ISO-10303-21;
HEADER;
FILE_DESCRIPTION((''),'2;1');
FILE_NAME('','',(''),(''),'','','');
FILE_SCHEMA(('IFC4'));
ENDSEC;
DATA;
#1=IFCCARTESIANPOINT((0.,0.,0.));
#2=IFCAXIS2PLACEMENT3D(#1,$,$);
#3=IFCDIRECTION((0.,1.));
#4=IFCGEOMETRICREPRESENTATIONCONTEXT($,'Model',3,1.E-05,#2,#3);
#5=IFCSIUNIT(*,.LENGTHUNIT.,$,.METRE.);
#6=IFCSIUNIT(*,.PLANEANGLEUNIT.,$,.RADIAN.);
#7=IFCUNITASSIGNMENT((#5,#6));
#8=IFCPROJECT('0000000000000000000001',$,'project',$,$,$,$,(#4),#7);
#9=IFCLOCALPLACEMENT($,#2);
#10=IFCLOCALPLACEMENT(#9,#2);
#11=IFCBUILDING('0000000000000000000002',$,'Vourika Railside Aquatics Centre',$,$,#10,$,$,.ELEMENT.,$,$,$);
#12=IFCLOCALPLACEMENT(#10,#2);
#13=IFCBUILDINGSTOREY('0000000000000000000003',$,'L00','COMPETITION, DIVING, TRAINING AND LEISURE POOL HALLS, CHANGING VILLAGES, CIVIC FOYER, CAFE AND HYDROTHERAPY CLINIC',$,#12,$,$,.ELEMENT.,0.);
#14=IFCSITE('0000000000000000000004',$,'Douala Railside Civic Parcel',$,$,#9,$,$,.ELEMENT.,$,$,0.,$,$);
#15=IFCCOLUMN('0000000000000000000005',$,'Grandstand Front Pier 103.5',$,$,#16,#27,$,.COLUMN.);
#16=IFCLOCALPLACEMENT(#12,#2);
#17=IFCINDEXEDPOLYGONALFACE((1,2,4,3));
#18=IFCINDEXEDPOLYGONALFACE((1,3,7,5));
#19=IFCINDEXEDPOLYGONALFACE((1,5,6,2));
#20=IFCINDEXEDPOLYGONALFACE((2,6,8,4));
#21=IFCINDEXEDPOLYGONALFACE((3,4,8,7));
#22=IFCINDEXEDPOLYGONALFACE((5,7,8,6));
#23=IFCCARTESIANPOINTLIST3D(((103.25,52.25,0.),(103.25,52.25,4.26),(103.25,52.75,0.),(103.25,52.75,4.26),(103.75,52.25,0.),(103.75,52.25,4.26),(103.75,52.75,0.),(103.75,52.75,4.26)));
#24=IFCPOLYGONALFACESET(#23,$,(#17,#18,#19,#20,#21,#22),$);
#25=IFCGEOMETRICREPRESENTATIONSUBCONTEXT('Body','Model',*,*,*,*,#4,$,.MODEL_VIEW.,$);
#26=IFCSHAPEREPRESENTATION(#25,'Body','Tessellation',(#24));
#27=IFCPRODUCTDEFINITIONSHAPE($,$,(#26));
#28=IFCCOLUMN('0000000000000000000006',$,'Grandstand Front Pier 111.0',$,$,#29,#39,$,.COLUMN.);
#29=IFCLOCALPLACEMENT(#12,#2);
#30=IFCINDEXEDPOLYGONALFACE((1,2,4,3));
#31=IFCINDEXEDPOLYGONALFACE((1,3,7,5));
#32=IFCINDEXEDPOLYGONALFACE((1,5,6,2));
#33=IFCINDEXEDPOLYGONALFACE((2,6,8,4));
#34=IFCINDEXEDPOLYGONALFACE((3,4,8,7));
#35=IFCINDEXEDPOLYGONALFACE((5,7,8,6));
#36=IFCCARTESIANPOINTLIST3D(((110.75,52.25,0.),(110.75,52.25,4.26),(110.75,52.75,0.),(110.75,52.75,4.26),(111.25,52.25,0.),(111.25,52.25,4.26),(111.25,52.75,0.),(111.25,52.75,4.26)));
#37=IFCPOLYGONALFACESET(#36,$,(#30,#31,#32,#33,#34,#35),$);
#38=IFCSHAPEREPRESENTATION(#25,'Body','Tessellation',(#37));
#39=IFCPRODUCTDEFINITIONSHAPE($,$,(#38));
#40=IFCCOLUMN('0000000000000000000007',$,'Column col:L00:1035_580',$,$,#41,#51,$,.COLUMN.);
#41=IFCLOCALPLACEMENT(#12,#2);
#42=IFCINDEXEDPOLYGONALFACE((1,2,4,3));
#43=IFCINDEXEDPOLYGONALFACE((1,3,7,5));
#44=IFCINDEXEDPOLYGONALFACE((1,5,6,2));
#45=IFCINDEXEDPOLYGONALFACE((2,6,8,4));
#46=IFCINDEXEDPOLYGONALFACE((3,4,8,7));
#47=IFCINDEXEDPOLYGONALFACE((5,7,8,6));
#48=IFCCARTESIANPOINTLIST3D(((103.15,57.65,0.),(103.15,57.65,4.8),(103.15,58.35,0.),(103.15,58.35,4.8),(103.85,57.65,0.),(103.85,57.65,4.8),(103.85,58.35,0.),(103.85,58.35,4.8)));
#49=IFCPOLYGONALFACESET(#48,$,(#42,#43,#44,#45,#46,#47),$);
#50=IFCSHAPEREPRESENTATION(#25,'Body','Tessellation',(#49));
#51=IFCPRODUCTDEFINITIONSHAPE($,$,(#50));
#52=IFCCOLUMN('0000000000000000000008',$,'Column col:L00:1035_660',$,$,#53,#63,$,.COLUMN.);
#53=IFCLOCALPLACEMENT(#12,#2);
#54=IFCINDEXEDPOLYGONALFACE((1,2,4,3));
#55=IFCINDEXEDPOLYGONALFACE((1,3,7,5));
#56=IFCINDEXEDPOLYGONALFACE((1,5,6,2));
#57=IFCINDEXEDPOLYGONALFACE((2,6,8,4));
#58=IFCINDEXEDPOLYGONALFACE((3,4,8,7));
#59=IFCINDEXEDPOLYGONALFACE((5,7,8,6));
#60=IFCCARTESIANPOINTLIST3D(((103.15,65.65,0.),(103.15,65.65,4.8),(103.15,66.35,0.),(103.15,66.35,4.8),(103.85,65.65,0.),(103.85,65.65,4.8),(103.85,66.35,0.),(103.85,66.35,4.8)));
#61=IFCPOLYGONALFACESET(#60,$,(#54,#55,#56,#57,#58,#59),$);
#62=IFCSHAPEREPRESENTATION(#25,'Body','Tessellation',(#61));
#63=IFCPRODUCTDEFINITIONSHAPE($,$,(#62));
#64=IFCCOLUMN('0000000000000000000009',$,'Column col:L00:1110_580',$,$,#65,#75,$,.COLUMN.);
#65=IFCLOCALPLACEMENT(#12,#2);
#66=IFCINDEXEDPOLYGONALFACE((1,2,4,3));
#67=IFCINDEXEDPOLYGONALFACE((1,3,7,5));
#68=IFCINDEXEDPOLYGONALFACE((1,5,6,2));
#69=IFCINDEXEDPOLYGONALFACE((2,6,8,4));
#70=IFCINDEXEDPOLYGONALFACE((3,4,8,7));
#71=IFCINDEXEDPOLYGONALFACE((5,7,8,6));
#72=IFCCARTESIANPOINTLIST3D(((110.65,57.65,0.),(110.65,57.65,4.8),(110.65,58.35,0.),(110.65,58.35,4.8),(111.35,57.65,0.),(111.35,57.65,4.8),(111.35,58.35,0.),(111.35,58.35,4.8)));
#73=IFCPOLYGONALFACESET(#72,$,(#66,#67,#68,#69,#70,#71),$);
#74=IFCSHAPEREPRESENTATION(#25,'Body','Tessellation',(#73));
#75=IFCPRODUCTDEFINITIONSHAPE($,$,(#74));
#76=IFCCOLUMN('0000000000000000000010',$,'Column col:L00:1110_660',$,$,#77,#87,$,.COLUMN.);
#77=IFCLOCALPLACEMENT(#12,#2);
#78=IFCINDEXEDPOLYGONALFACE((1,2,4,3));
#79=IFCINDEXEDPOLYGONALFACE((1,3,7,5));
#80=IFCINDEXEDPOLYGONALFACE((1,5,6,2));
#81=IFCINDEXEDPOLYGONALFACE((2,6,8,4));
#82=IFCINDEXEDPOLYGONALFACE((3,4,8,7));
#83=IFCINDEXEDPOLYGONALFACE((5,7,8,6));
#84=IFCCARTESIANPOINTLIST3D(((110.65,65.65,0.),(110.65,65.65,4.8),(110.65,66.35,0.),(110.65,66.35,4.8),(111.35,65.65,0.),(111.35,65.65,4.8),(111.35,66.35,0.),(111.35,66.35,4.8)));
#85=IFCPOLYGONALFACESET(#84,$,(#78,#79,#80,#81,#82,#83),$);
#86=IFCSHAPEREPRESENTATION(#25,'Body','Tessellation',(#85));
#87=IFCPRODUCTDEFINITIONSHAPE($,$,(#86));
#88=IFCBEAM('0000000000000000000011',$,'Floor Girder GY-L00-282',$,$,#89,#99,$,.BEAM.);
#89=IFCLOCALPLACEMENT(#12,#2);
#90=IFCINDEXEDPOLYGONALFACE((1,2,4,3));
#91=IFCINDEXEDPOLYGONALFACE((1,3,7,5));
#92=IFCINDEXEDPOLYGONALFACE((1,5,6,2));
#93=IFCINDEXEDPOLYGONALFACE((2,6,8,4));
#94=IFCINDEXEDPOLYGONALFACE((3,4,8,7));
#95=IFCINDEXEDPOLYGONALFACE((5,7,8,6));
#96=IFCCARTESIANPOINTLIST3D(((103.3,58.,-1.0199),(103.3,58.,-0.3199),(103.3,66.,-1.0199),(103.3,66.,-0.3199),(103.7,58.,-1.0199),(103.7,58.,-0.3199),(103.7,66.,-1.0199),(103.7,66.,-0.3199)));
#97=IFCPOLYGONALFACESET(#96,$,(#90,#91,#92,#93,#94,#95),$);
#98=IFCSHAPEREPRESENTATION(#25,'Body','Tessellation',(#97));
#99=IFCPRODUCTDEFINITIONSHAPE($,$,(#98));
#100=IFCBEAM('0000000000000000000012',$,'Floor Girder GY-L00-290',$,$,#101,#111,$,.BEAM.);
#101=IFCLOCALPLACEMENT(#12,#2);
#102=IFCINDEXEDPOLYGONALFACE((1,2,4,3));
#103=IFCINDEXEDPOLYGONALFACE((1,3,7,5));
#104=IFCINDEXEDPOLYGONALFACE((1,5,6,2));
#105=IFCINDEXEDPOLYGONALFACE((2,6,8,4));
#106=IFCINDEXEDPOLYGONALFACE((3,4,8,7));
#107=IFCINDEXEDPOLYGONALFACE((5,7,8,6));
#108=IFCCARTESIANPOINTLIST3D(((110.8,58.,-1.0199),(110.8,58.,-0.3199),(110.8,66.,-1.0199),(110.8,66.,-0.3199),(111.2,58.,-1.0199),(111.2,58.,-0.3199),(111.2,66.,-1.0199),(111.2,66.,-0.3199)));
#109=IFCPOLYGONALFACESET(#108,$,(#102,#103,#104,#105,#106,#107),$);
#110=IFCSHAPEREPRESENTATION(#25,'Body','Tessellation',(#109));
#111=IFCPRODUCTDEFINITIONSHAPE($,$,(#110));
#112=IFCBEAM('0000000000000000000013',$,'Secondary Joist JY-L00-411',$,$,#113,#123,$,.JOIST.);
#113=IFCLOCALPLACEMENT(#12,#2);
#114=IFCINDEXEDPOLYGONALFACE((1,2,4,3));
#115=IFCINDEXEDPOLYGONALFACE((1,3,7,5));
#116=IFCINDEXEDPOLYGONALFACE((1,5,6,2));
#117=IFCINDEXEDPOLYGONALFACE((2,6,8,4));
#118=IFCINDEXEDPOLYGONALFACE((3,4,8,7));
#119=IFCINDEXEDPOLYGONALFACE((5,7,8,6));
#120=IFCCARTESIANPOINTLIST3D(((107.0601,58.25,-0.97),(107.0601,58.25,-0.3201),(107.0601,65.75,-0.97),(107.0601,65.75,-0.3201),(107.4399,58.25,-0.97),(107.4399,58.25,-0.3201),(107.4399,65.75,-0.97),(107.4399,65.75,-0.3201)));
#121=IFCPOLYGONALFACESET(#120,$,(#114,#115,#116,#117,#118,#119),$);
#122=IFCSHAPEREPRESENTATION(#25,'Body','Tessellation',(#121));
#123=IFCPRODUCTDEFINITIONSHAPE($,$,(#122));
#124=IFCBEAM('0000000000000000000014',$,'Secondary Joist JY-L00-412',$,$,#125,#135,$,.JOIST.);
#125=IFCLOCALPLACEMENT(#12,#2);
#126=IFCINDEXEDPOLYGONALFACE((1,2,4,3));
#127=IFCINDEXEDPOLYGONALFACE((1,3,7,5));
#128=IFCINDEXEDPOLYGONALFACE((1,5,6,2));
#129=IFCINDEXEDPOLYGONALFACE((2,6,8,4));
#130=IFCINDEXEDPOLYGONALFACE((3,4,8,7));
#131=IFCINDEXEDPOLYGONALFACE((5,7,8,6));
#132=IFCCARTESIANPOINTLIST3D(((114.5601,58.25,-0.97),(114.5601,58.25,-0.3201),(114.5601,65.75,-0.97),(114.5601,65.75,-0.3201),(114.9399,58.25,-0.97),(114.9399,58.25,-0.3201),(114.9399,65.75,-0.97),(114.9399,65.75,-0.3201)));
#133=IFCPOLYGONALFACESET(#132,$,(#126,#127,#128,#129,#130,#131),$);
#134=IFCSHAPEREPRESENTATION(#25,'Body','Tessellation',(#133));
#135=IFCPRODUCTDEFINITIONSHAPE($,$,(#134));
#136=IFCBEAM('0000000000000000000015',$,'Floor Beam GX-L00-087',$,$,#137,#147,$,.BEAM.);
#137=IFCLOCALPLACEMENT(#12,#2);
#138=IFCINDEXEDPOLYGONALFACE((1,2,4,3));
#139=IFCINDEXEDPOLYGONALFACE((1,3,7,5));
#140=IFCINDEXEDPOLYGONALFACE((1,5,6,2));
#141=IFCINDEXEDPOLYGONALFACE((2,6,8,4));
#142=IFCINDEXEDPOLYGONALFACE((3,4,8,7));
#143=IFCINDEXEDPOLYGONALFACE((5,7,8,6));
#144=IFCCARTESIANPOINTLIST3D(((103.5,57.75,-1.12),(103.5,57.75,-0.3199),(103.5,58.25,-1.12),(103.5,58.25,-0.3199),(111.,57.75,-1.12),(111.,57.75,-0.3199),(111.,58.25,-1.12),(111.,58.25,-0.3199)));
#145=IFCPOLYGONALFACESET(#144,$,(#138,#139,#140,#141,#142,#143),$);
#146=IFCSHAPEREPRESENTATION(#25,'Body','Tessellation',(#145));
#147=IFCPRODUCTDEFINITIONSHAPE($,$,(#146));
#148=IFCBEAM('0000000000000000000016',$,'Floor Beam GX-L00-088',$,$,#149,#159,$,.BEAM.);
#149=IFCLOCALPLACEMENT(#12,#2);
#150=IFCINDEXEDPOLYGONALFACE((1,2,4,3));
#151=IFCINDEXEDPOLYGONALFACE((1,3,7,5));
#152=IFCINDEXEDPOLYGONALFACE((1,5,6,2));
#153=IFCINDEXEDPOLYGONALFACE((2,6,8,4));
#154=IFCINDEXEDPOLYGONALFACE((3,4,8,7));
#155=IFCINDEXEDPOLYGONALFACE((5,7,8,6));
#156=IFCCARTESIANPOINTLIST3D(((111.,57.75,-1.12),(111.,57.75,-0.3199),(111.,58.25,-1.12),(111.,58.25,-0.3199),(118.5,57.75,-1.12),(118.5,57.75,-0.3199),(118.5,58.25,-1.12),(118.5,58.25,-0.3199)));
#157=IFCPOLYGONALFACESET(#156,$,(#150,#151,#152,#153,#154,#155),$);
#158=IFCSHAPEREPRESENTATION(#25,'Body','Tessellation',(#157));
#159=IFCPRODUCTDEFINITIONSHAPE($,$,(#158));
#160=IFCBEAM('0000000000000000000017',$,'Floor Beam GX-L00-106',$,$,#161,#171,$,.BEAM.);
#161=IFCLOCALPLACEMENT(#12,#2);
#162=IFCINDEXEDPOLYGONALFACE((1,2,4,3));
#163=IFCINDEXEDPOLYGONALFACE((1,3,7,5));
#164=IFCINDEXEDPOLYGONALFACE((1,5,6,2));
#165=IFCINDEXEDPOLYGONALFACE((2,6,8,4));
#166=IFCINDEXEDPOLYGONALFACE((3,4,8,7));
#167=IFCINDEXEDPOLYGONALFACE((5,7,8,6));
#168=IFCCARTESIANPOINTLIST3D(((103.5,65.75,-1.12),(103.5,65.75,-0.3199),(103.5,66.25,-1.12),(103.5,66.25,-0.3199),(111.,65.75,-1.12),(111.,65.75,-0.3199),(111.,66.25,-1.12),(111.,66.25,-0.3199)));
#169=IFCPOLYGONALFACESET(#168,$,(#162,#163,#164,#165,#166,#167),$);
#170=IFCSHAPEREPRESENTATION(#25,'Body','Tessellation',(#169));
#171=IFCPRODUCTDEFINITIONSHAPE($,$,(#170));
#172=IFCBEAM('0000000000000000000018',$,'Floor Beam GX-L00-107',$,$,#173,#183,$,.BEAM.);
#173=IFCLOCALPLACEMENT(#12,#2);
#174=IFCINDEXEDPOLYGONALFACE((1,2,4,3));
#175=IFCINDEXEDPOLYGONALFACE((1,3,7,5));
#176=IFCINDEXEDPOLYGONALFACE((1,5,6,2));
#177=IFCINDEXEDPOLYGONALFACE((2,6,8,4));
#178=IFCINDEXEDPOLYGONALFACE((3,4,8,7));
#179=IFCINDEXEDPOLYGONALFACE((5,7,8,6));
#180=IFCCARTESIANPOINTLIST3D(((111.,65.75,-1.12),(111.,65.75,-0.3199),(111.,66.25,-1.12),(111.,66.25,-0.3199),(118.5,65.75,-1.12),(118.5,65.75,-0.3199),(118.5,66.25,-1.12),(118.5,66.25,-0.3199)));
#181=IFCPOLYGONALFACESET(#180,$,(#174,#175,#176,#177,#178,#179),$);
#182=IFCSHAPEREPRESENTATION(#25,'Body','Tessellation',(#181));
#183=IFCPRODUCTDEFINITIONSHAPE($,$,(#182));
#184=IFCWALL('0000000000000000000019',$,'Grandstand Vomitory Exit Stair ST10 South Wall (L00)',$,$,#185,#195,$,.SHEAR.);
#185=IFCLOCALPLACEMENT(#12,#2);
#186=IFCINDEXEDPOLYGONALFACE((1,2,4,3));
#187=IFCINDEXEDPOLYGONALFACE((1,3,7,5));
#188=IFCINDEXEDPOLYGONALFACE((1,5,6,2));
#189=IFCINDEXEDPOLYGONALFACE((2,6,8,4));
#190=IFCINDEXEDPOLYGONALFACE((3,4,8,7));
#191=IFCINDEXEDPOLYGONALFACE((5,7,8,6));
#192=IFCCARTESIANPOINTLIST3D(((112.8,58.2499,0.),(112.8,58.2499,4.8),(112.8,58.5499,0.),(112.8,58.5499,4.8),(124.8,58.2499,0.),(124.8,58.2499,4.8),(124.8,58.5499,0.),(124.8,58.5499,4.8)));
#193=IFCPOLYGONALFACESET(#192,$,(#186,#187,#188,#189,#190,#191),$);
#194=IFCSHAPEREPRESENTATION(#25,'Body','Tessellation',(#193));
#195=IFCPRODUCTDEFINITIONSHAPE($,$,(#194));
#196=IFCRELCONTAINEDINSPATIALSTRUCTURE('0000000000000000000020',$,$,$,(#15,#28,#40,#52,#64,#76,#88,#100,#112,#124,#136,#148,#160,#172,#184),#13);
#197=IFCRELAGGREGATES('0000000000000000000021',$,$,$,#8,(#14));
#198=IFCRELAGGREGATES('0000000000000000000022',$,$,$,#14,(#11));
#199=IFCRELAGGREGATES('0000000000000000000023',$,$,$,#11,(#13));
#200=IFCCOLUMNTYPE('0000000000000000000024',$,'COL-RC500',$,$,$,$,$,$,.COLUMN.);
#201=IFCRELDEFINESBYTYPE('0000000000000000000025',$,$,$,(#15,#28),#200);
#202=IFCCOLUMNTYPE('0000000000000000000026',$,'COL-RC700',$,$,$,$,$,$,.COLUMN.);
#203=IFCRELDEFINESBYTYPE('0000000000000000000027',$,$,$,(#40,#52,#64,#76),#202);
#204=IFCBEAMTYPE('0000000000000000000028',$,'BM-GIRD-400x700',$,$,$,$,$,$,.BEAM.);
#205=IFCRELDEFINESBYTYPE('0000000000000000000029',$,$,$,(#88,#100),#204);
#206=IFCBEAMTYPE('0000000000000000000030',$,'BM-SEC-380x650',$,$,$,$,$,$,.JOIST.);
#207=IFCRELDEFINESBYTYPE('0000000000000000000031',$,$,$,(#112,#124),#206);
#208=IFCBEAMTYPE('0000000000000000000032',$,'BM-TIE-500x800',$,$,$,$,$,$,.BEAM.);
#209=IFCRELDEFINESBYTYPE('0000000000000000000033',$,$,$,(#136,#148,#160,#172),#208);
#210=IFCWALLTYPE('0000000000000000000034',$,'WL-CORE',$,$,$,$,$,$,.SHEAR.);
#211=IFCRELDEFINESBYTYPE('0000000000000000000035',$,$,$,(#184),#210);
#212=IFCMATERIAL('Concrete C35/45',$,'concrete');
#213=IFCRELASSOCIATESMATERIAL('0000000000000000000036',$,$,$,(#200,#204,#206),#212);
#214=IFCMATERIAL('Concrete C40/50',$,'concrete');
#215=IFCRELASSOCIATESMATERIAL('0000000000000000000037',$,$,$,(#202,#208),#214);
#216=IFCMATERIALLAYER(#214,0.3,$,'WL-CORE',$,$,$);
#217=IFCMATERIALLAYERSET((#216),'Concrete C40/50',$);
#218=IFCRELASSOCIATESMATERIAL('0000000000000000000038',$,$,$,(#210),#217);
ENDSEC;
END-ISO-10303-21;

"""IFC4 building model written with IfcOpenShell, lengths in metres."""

from ifc_helpers import new_model, si_unit, direction, frame, frame_2d, origin, origin_2d, place, context, subcontext, project, spatial, rectangle, extrude, material, layer, layer_set, material_profile, profile_set, type_object, element, save


model = new_model("IFC4")

# Units and contexts
model_context = context("Model", 3, precision=1e-05, world=origin(), true_north=direction((0.0, 1.0)))
body_context = subcontext(model_context, "Body", "Model", "MODEL_VIEW")
ifc_project = project(units=[si_unit("LENGTHUNIT", "METRE"), si_unit("PLANEANGLEUNIT", "RADIAN")], contexts=[model_context])

# Site, building, storey
site_placement = place(None, origin())
site = spatial("IfcSite", under=ifc_project, at=site_placement, Name="Douala Railside Civic Parcel", CompositionType="ELEMENT", RefElevation=0.0)
building_placement = place(site_placement, origin())
building = spatial("IfcBuilding", under=site, at=building_placement, Name="Vourika Railside Aquatics Centre", CompositionType="ELEMENT")
storey_placement = place(building_placement, origin())
storey = spatial("IfcBuildingStorey", under=building, at=storey_placement, Name="L00", Description="COMPETITION, DIVING, TRAINING AND LEISURE POOL HALLS, CHANGING VILLAGES, CIVIC FOYER, CAFE AND HYDROTHERAPY CLINIC", CompositionType="ELEMENT", Elevation=0.0)

# Columns
ifc_material_1 = material(Name="Concrete C35/45", Category="concrete")
ifc_material_profile_1 = material_profile(ifc_material_1, rectangle(XDim=0.5, YDim=0.5, at=origin_2d()), Name="RC 500x500")
ifc_profile_set_1 = profile_set([ifc_material_profile_1], Name="Concrete C35/45")
column_type_1 = type_object("IfcColumnType", Name="COL-RC500", PredefinedType="COLUMN", material=ifc_profile_set_1)
for number, where, z_axis, x_axis, name in (
    (1, (103.5, 52.5, 0.0), (0.0, 0.0, 1.0), (1.0, 0.0, 0.0), "Grandstand Front Pier 103.5"),
    (2, (111.0, 52.5, 0.0), (0.0, 0.0, 1.0), (1.0, 0.0, 0.0), "Grandstand Front Pier 111.0"),
):
    element("IfcColumn", number, at=place(storey_placement, frame(where, z_axis=z_axis, x_axis=x_axis)), inside=storey, type_object=column_type_1, Name=name, PredefinedType="COLUMN", context=body_context, shape_type="SweptSolid", body=[
        extrude(rectangle(XDim=0.5, YDim=0.5, at=origin_2d()), origin(), (0.0, 0.0, 1.0), 4.26),
    ])
ifc_material_2 = material(Name="Concrete C40/50", Category="concrete")
ifc_material_profile_2 = material_profile(ifc_material_2, rectangle(XDim=0.7, YDim=0.7, at=origin_2d()), Name="RC 700x700")
ifc_profile_set_2 = profile_set([ifc_material_profile_2], Name="Concrete C40/50")
column_type_2 = type_object("IfcColumnType", Name="COL-RC700", PredefinedType="COLUMN", material=ifc_profile_set_2)
for number, where, z_axis, x_axis, name in (
    (3, (103.5, 58.0, 0.0), (0.0, 0.0, 1.0), (1.0, 0.0, 0.0), "Column col:L00:1035_580"),
    (4, (103.5, 66.0, 0.0), (0.0, 0.0, 1.0), (1.0, 0.0, 0.0), "Column col:L00:1035_660"),
    (5, (111.0, 58.0, 0.0), (0.0, 0.0, 1.0), (1.0, 0.0, 0.0), "Column col:L00:1110_580"),
    (6, (111.0, 66.0, 0.0), (0.0, 0.0, 1.0), (1.0, 0.0, 0.0), "Column col:L00:1110_660"),
):
    element("IfcColumn", number, at=place(storey_placement, frame(where, z_axis=z_axis, x_axis=x_axis)), inside=storey, type_object=column_type_2, Name=name, PredefinedType="COLUMN", context=body_context, shape_type="SweptSolid", body=[
        extrude(rectangle(XDim=0.7, YDim=0.7, at=origin_2d()), origin(), (0.0, 0.0, 1.0), 4.8),
    ])

# Beams
ifc_material_profile_3 = material_profile(ifc_material_1, rectangle(XDim=0.3999, YDim=0.7, at=origin_2d()), Name="RC 400x700")
ifc_profile_set_3 = profile_set([ifc_material_profile_3], Name="Concrete C35/45")
beam_type_1 = type_object("IfcBeamType", Name="BM-GIRD-400x700", PredefinedType="BEAM", material=ifc_profile_set_3)
for number, where, z_axis, x_axis, name in (
    (7, (103.5, 58.0, -0.6699), (0.0, 1.0, 0.0), (-1.0, 0.0, 0.0), "Floor Girder GY-L00-282"),
    (8, (111.0, 58.0, -0.6699), (0.0, 1.0, 0.0), (-1.0, 0.0, 0.0), "Floor Girder GY-L00-290"),
):
    element("IfcBeam", number, at=place(storey_placement, frame(where, z_axis=z_axis, x_axis=x_axis)), inside=storey, type_object=beam_type_1, Name=name, PredefinedType="BEAM", context=body_context, shape_type="SweptSolid", body=[
        extrude(rectangle(XDim=0.3999, YDim=0.7, at=origin_2d()), origin(), (0.0, 0.0, 1.0), 8.0),
    ])
ifc_material_profile_4 = material_profile(ifc_material_1, rectangle(XDim=0.3799, YDim=0.6499, at=origin_2d()), Name="RC 380x650")
ifc_profile_set_4 = profile_set([ifc_material_profile_4], Name="Concrete C35/45")
beam_type_2 = type_object("IfcBeamType", Name="BM-SEC-380x650", PredefinedType="JOIST", material=ifc_profile_set_4)
for number, where, z_axis, x_axis, name in (
    (9, (107.25, 58.25, -0.645), (0.0, 1.0, 0.0), (-1.0, 0.0, 0.0), "Secondary Joist JY-L00-411"),
    (10, (114.75, 58.25, -0.645), (0.0, 1.0, 0.0), (-1.0, 0.0, 0.0), "Secondary Joist JY-L00-412"),
):
    element("IfcBeam", number, at=place(storey_placement, frame(where, z_axis=z_axis, x_axis=x_axis)), inside=storey, type_object=beam_type_2, Name=name, PredefinedType="JOIST", context=body_context, shape_type="SweptSolid", body=[
        extrude(rectangle(XDim=0.3799, YDim=0.6499, at=origin_2d()), origin(), (0.0, 0.0, 1.0), 7.5),
    ])
ifc_material_profile_5 = material_profile(ifc_material_2, rectangle(XDim=0.5, YDim=0.8, at=origin_2d()), Name="RC 500x800")
ifc_profile_set_5 = profile_set([ifc_material_profile_5], Name="Concrete C40/50")
beam_type_3 = type_object("IfcBeamType", Name="BM-TIE-500x800", PredefinedType="BEAM", material=ifc_profile_set_5)
for number, where, z_axis, x_axis, name in (
    (11, (103.5, 58.0, -0.72), (1.0, 0.0, 0.0), (0.0, 1.0, 0.0), "Floor Beam GX-L00-087"),
    (12, (111.0, 58.0, -0.72), (1.0, 0.0, 0.0), (0.0, 1.0, 0.0), "Floor Beam GX-L00-088"),
    (13, (103.5, 66.0, -0.72), (1.0, 0.0, 0.0), (0.0, 1.0, 0.0), "Floor Beam GX-L00-106"),
    (14, (111.0, 66.0, -0.72), (1.0, 0.0, 0.0), (0.0, 1.0, 0.0), "Floor Beam GX-L00-107"),
):
    element("IfcBeam", number, at=place(storey_placement, frame(where, z_axis=z_axis, x_axis=x_axis)), inside=storey, type_object=beam_type_3, Name=name, PredefinedType="BEAM", context=body_context, shape_type="SweptSolid", body=[
        extrude(rectangle(XDim=0.5, YDim=0.8, at=origin_2d()), origin(), (0.0, 0.0, 1.0), 7.5),
    ])

# Wall
ifc_layer_1 = layer(ifc_material_2, 0.3, Name="WL-CORE")
ifc_layer_set_1 = layer_set([ifc_layer_1], Name="Concrete C40/50")
wall_type_1 = type_object("IfcWallType", Name="WL-CORE", PredefinedType="SHEAR", material=ifc_layer_set_1)
wall_1_placement = place(storey_placement, frame((112.8, 58.3999, 0.0), z_axis=(0.0, 0.0, 1.0), x_axis=(1.0, 0.0, 0.0)))
element("IfcWall", 15, at=wall_1_placement, inside=storey, type_object=wall_type_1, Name="Grandstand Vomitory Exit Stair ST10 South Wall (L00)", PredefinedType="SHEAR", context=body_context, shape_type="SweptSolid", body=[
    extrude(rectangle(XDim=12.0, YDim=0.3, at=frame_2d((6.0, 0.0))), origin(), (0.0, 0.0, 1.0), 4.8),
])

save(model, "model.ifc")
